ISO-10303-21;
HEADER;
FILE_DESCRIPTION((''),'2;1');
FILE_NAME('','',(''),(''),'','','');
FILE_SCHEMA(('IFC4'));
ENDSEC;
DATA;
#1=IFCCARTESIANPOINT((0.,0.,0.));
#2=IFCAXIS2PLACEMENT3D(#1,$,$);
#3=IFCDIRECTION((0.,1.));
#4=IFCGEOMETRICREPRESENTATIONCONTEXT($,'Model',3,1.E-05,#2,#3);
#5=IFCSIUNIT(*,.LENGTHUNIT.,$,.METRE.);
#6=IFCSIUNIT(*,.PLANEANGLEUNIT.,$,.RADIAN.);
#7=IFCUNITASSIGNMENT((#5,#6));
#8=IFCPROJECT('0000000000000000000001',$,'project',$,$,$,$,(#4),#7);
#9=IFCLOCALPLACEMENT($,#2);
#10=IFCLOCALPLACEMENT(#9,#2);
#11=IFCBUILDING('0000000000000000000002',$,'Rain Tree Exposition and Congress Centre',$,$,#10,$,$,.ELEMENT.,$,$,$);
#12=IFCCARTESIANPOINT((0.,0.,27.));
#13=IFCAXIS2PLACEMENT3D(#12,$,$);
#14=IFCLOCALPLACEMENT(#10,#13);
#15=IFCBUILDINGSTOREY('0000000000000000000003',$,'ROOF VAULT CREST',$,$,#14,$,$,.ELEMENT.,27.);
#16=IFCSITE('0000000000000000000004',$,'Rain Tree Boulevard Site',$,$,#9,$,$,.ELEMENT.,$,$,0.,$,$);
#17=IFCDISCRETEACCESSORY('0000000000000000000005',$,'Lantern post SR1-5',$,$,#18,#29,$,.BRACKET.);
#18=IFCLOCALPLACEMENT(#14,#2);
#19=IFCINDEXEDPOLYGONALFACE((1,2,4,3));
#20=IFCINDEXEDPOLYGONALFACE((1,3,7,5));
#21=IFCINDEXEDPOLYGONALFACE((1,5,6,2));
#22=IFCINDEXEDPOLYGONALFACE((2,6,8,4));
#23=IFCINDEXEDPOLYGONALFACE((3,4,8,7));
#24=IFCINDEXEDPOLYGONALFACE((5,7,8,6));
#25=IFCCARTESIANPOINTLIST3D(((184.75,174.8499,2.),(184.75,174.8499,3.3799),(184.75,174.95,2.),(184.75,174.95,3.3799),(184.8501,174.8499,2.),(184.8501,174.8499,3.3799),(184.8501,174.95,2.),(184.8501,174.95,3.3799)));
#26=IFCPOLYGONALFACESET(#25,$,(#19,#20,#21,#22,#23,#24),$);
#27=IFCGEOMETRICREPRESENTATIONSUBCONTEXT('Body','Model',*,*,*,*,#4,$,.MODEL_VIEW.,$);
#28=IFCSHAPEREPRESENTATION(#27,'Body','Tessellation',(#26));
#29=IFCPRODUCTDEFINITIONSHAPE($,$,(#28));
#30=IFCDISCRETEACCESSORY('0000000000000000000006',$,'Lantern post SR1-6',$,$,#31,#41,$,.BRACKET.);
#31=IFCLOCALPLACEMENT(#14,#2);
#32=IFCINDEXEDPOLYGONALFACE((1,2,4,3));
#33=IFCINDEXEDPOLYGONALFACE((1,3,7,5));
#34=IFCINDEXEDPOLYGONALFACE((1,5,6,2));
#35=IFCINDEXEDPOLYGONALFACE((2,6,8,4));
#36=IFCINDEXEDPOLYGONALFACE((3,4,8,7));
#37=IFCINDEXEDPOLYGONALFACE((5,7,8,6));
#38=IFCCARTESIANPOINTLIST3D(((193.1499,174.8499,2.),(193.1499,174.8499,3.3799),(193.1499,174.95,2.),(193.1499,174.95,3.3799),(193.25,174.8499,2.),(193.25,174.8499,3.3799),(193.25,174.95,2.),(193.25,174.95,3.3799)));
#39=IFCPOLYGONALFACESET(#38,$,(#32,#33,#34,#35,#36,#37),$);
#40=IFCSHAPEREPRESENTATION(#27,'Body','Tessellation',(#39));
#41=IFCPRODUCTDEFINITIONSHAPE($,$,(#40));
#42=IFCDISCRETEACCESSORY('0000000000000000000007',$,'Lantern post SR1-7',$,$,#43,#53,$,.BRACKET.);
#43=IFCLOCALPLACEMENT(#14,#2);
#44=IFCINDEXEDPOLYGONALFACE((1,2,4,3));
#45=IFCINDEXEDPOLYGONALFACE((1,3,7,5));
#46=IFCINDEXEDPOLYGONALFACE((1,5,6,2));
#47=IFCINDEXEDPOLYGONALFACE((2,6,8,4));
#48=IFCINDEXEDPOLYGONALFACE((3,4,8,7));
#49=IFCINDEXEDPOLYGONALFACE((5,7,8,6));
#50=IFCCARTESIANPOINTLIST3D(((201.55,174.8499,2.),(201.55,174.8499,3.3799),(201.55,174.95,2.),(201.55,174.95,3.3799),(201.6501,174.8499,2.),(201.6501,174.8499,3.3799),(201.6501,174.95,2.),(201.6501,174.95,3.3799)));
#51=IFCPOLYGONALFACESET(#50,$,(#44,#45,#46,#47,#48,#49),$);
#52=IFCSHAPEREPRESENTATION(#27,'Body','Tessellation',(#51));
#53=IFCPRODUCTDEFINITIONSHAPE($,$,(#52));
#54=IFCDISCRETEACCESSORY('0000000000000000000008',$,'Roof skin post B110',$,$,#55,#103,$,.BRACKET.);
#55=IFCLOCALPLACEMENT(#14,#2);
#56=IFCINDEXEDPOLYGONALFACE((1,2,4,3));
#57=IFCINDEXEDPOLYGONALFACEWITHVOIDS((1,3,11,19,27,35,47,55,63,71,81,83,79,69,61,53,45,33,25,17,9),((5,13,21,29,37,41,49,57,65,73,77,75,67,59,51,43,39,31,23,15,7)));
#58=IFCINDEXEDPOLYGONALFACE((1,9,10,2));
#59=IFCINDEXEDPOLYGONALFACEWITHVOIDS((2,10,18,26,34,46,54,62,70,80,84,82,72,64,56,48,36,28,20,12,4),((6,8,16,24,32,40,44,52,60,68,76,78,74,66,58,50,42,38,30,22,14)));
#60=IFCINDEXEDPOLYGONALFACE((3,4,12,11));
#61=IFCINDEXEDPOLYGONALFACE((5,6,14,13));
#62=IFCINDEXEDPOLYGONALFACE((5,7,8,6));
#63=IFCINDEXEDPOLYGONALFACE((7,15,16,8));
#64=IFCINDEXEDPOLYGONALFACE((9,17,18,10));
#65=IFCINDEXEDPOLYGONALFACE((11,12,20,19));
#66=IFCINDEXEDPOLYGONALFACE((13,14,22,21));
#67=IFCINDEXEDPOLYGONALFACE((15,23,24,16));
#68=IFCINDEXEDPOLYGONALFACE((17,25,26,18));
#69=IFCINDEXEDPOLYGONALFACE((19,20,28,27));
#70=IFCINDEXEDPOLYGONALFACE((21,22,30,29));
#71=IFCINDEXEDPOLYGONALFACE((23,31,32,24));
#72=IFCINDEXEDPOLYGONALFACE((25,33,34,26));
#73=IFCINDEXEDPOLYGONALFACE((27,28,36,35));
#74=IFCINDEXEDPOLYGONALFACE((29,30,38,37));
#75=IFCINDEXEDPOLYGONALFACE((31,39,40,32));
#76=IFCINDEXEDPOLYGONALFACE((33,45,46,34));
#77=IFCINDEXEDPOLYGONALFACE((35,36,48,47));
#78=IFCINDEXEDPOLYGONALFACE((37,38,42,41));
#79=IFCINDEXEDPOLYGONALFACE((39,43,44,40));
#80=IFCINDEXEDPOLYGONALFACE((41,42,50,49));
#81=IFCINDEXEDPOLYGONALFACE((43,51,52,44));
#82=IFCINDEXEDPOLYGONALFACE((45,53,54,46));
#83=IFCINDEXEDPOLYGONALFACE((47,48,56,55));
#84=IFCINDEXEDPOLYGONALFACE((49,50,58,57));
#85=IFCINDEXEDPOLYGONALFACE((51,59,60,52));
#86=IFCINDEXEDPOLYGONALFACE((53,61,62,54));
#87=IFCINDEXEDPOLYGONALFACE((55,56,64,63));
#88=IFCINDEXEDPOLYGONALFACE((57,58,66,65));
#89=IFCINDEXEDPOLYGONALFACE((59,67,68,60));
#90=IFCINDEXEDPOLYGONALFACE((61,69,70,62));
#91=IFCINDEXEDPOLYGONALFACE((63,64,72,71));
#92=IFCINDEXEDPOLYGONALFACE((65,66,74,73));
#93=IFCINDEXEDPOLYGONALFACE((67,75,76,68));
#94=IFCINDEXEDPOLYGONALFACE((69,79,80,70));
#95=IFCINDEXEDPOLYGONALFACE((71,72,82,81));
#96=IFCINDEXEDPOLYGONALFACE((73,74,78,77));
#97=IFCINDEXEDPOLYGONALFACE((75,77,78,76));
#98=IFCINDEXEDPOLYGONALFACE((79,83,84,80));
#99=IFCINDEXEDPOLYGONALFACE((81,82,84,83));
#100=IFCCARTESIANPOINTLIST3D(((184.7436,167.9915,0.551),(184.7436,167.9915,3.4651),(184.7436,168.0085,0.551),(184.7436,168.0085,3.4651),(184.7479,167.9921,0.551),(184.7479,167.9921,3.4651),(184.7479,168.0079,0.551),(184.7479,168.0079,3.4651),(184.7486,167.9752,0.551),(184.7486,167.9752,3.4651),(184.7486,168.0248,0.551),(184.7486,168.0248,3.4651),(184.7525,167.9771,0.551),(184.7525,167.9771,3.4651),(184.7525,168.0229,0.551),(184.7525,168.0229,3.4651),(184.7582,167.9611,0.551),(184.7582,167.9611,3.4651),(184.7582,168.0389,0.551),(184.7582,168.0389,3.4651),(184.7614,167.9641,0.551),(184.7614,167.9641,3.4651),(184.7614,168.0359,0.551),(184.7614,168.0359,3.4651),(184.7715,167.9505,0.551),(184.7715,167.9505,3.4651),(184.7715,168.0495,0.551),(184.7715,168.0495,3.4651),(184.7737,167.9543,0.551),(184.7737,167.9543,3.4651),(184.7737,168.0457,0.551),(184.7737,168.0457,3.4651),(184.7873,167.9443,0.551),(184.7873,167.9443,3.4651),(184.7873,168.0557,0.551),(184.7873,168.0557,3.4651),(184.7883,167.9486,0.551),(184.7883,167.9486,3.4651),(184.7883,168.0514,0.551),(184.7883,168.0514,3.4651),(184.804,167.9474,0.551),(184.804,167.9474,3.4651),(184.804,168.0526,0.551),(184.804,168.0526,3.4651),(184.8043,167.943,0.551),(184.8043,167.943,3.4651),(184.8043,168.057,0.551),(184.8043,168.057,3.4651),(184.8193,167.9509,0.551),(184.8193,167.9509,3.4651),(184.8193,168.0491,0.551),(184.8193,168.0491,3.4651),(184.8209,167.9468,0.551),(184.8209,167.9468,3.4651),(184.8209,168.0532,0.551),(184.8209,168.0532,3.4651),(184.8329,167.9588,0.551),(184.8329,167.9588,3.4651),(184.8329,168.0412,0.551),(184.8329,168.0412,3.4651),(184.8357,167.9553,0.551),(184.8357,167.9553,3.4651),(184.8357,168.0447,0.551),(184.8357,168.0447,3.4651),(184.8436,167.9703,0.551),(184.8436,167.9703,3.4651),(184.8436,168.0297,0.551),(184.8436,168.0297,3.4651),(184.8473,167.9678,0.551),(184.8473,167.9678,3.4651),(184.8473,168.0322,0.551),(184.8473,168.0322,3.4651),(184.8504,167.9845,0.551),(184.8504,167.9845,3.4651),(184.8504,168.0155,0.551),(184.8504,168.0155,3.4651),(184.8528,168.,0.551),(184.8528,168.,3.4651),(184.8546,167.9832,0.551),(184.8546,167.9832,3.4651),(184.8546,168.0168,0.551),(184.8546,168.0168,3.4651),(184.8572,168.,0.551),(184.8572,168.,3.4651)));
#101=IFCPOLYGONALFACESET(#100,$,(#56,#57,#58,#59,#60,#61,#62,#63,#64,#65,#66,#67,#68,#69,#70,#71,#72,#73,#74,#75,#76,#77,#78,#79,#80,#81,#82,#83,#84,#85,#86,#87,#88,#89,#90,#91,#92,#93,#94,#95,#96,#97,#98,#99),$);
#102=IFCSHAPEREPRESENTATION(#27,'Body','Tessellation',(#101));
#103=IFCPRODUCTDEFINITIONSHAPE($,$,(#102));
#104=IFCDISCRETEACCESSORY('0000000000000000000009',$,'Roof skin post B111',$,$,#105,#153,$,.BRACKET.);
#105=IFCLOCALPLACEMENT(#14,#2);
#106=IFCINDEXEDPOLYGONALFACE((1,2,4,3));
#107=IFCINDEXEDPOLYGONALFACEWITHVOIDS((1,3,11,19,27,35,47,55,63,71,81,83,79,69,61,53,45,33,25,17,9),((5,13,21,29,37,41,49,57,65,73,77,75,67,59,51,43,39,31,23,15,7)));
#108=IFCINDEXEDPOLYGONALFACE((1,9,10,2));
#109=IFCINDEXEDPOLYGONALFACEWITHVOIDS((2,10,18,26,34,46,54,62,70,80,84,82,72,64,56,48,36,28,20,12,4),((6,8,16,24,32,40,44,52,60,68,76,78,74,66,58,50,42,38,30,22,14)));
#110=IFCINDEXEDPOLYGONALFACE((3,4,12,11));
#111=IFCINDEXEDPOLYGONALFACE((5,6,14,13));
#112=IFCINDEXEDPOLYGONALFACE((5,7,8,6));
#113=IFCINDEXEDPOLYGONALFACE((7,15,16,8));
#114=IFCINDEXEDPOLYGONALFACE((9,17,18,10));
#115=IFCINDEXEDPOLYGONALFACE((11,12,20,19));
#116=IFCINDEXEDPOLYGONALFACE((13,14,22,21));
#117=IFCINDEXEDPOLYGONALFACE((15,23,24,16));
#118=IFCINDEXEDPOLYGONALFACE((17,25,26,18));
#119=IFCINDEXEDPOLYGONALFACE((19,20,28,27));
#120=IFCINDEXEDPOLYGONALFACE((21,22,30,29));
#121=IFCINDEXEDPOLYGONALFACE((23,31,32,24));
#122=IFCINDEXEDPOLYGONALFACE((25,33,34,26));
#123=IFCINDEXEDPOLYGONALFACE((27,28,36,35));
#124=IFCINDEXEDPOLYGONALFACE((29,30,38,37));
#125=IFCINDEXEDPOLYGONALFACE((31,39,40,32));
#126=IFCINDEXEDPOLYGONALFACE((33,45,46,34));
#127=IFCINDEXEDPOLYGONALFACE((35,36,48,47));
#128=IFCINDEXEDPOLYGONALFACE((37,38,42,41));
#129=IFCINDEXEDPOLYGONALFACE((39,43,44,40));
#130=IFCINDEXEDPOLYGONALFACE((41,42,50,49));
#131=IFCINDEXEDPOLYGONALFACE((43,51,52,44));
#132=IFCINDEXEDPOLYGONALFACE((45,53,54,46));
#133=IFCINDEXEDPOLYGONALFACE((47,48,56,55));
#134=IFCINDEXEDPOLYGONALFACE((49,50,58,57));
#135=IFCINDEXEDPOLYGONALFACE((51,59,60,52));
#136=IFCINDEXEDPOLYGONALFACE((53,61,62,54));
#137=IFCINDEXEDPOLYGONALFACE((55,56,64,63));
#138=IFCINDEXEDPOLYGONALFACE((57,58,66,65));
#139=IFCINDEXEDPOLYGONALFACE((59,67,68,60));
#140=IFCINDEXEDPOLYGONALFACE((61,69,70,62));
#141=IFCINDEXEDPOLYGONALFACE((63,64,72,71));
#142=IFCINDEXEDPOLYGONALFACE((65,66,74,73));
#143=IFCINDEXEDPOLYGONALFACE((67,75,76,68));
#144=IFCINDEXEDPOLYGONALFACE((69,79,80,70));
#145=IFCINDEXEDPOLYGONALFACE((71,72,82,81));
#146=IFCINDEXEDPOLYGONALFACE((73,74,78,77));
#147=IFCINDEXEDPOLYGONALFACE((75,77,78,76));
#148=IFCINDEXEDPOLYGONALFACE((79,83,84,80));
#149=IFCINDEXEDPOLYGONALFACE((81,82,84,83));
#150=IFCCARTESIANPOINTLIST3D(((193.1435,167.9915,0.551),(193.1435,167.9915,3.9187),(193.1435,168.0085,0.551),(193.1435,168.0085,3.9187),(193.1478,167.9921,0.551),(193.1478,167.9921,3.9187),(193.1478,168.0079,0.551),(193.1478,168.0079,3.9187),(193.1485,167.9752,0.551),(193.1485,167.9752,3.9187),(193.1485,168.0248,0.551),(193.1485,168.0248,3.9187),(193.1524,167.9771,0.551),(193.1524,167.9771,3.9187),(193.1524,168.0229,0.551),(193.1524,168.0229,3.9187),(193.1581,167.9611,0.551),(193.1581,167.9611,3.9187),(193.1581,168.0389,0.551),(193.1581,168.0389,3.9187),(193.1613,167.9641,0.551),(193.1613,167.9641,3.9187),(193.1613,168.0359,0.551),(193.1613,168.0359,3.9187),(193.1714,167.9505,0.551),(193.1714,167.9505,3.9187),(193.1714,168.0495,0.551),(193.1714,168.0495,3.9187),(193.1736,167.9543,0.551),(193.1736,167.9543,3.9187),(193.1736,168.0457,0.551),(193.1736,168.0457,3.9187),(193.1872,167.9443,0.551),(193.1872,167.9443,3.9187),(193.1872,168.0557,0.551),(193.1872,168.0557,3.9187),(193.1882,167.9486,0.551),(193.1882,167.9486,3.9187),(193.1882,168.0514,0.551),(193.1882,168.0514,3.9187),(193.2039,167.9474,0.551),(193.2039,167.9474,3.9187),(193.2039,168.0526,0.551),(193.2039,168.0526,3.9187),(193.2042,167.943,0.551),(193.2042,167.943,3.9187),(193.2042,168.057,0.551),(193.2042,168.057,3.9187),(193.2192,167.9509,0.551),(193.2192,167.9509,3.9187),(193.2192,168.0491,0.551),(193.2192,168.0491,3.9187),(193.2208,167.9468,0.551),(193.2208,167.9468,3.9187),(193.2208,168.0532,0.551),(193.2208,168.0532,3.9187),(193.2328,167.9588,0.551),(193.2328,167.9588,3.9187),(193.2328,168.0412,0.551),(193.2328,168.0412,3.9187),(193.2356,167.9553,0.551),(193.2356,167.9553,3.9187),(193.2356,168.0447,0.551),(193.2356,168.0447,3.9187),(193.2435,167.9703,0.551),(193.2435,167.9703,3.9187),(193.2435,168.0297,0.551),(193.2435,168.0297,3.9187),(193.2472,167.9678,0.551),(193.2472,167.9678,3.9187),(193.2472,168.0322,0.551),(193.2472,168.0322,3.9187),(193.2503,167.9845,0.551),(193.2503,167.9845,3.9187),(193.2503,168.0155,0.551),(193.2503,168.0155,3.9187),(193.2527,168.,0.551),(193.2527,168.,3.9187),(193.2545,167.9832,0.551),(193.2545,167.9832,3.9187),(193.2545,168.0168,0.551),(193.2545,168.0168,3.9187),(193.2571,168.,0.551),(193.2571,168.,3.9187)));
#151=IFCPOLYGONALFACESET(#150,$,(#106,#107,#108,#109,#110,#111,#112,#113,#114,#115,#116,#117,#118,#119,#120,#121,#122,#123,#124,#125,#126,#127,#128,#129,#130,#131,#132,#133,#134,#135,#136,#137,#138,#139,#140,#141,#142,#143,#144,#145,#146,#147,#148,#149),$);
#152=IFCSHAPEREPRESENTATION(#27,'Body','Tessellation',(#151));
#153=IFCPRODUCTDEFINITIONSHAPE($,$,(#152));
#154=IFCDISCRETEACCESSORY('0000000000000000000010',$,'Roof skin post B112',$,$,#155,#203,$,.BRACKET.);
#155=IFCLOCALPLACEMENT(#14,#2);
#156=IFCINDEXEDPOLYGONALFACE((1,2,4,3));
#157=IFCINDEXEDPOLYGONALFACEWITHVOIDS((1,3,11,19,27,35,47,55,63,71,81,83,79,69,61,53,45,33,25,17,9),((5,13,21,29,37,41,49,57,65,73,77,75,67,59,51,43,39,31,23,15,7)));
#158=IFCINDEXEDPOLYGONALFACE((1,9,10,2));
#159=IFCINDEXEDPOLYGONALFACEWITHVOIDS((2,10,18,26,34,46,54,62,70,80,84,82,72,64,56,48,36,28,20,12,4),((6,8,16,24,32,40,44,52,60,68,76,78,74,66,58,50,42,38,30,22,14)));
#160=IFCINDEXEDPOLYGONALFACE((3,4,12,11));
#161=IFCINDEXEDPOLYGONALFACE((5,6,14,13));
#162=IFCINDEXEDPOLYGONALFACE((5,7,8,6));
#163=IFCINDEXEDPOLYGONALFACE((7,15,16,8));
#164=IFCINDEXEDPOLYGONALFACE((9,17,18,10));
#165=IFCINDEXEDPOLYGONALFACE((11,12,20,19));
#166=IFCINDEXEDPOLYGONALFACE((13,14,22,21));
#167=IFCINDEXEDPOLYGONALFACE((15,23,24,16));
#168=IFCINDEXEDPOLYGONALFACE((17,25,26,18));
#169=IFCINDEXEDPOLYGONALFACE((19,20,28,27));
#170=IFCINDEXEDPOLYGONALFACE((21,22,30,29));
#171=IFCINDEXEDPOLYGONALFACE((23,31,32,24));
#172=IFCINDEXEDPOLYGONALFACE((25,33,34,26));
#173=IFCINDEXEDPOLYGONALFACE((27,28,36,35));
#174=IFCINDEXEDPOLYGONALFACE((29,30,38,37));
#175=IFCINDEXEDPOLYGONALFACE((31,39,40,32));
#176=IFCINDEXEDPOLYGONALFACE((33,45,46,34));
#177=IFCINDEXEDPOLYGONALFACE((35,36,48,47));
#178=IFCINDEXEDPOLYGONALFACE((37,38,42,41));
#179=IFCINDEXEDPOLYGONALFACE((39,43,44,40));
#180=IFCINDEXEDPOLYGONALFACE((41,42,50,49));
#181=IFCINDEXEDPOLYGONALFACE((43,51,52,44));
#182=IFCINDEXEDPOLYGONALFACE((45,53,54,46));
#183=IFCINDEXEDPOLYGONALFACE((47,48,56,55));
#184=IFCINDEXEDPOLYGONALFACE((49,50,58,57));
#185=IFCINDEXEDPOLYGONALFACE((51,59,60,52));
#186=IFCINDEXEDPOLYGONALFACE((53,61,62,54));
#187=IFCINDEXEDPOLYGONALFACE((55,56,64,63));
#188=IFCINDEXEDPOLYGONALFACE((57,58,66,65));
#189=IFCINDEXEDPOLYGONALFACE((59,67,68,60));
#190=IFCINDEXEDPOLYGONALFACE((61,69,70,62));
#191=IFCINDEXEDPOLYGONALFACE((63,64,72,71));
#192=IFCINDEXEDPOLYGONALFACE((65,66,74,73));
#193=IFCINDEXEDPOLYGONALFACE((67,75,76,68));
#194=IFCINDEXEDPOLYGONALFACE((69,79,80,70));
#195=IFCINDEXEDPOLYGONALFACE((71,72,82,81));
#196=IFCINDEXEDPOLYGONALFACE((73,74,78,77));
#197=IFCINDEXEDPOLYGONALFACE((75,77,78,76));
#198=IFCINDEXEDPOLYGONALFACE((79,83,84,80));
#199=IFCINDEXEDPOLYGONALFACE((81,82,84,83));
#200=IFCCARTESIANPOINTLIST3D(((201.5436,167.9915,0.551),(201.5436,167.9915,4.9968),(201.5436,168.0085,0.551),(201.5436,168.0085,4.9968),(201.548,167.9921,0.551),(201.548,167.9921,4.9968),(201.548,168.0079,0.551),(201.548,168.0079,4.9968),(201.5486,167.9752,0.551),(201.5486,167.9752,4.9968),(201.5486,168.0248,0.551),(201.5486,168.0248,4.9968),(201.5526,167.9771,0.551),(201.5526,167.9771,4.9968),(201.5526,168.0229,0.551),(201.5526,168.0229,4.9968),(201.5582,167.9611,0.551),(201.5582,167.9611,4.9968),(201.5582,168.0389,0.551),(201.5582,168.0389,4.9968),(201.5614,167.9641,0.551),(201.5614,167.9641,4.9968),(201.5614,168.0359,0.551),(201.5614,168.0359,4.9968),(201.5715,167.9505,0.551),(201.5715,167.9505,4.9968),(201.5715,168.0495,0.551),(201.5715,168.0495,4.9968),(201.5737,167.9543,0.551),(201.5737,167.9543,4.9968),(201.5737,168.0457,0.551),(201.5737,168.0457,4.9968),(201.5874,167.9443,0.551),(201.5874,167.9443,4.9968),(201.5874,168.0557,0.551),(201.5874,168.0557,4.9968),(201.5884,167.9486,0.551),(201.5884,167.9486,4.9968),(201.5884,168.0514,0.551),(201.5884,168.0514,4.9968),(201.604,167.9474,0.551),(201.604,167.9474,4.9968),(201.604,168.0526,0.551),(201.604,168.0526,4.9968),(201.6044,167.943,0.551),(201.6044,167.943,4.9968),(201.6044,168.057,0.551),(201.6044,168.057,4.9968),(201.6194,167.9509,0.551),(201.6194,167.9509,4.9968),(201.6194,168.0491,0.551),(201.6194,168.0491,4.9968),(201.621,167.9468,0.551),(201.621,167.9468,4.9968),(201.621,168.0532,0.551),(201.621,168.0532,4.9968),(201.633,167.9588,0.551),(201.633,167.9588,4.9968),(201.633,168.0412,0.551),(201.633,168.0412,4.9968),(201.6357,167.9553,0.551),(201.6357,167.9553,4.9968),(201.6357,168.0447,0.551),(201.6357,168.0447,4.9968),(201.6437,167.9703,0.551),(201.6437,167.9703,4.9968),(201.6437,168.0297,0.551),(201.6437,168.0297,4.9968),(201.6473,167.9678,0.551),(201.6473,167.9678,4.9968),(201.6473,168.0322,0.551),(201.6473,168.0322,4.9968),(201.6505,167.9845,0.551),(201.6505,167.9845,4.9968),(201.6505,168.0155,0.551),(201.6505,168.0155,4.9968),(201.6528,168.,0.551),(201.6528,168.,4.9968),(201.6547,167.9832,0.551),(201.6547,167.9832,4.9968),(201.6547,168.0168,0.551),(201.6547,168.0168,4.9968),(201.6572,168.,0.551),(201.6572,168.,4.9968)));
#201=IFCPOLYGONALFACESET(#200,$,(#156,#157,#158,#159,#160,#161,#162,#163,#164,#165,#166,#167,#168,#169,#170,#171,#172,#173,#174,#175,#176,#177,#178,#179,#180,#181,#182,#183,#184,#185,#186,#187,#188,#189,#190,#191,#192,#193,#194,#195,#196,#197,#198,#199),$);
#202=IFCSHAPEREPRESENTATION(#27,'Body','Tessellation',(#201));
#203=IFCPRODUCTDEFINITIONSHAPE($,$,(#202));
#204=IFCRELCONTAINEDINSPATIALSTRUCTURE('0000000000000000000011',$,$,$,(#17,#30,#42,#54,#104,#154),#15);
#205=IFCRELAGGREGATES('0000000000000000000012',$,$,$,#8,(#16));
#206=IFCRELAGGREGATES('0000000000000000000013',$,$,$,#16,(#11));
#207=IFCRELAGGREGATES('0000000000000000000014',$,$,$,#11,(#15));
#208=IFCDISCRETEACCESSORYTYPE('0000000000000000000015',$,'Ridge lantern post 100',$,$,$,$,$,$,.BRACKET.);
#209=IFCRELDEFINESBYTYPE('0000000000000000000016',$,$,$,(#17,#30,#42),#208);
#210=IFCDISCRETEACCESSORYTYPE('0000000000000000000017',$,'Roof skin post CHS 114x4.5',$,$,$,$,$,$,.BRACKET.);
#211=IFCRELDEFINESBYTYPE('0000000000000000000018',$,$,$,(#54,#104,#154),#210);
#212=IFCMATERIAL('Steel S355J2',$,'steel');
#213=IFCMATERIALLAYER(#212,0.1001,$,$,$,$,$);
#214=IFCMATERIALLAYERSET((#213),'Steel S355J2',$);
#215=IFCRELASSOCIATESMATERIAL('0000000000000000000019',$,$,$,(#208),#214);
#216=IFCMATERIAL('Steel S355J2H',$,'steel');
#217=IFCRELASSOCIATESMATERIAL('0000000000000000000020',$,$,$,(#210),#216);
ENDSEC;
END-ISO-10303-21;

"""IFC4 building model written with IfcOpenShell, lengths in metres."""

from ifc_helpers import new_model, si_unit, direction, frame, origin, origin_2d, place, context, subcontext, project, spatial, rectangle, hollow_circle, extrude, material, layer, layer_set, material_profile, profile_set, type_object, element, save


model = new_model("IFC4")

# Units and contexts
model_context = context("Model", 3, precision=1e-05, world=origin(), true_north=direction((0.0, 1.0)))
body_context = subcontext(model_context, "Body", "Model", "MODEL_VIEW")
ifc_project = project(units=[si_unit("LENGTHUNIT", "METRE"), si_unit("PLANEANGLEUNIT", "RADIAN")], contexts=[model_context])

# Site, building, storey
site_placement = place(None, origin())
site = spatial("IfcSite", under=ifc_project, at=site_placement, Name="Rain Tree Boulevard Site", CompositionType="ELEMENT", RefElevation=0.0)
building_placement = place(site_placement, origin())
building = spatial("IfcBuilding", under=site, at=building_placement, Name="Rain Tree Exposition and Congress Centre", CompositionType="ELEMENT")
storey_placement = place(building_placement, frame((0.0, 0.0, 27.0)))
storey = spatial("IfcBuildingStorey", under=building, at=storey_placement, Name="ROOF VAULT CREST", CompositionType="ELEMENT", Elevation=27.0)

# Discrete accessories
ifc_material_1 = material(Name="Steel S355J2", Category="steel")
ifc_layer_1 = layer(ifc_material_1, 0.1001)
ifc_layer_set_1 = layer_set([ifc_layer_1], Name="Steel S355J2")
discrete_accessory_type_1 = type_object("IfcDiscreteAccessoryType", Name="Ridge lantern post 100", PredefinedType="BRACKET", material=ifc_layer_set_1)
for number, where, z_axis, x_axis, name in (
    (1, (184.8, 174.8999, 2.0), (0.0, 0.0, 1.0), (1.0, 0.0, 0.0), "Lantern post SR1-5"),
    (2, (193.2, 174.8999, 2.0), (0.0, 0.0, 1.0), (1.0, 0.0, 0.0), "Lantern post SR1-6"),
    (3, (201.6001, 174.8999, 2.0), (0.0, 0.0, 1.0), (1.0, 0.0, 0.0), "Lantern post SR1-7"),
):
    element("IfcDiscreteAccessory", number, at=place(storey_placement, frame(where, z_axis=z_axis, x_axis=x_axis)), inside=storey, type_object=discrete_accessory_type_1, Name=name, PredefinedType="BRACKET", context=body_context, shape_type="SweptSolid", body=[
        extrude(rectangle(XDim=0.1001, YDim=0.1001, at=origin_2d()), origin(), (0.0, 0.0, 1.0), 1.3799),
    ])
ifc_material_2 = material(Name="Steel S355J2H", Category="steel")
ifc_material_profile_1 = material_profile(ifc_material_2, hollow_circle(Radius=0.0571, WallThickness=0.0044, at=origin_2d()), Name="CHS 114x4.5")
ifc_profile_set_1 = profile_set([ifc_material_profile_1], Name="Steel S355J2H")
discrete_accessory_type_2 = type_object("IfcDiscreteAccessoryType", Name="Roof skin post CHS 114x4.5", PredefinedType="BRACKET", material=ifc_profile_set_1)
discrete_accessory_1_placement = place(storey_placement, frame((184.8, 168.0, 0.551), z_axis=(0.0, 0.0, 1.0), x_axis=(1.0, 0.0, 0.0)))
element("IfcDiscreteAccessory", 4, at=discrete_accessory_1_placement, inside=storey, type_object=discrete_accessory_type_2, Name="Roof skin post B110", PredefinedType="BRACKET", context=body_context, shape_type="SweptSolid", body=[
    extrude(hollow_circle(Radius=0.0571, WallThickness=0.0044, at=origin_2d()), origin(), (0.0, 0.0, 1.0), 2.9141),
])
discrete_accessory_2_placement = place(storey_placement, frame((193.2, 168.0, 0.551), z_axis=(0.0, 0.0, 1.0), x_axis=(1.0, 0.0, 0.0)))
element("IfcDiscreteAccessory", 5, at=discrete_accessory_2_placement, inside=storey, type_object=discrete_accessory_type_2, Name="Roof skin post B111", PredefinedType="BRACKET", context=body_context, shape_type="SweptSolid", body=[
    extrude(hollow_circle(Radius=0.0571, WallThickness=0.0044, at=origin_2d()), origin(), (0.0, 0.0, 1.0), 3.3677),
])
discrete_accessory_3_placement = place(storey_placement, frame((201.6001, 168.0, 0.551), z_axis=(0.0, 0.0, 1.0), x_axis=(1.0, 0.0, 0.0)))
element("IfcDiscreteAccessory", 6, at=discrete_accessory_3_placement, inside=storey, type_object=discrete_accessory_type_2, Name="Roof skin post B112", PredefinedType="BRACKET", context=body_context, shape_type="SweptSolid", body=[
    extrude(hollow_circle(Radius=0.0571, WallThickness=0.0044, at=origin_2d()), origin(), (0.0, 0.0, 1.0), 4.4458),
])

save(model, "model.ifc")
